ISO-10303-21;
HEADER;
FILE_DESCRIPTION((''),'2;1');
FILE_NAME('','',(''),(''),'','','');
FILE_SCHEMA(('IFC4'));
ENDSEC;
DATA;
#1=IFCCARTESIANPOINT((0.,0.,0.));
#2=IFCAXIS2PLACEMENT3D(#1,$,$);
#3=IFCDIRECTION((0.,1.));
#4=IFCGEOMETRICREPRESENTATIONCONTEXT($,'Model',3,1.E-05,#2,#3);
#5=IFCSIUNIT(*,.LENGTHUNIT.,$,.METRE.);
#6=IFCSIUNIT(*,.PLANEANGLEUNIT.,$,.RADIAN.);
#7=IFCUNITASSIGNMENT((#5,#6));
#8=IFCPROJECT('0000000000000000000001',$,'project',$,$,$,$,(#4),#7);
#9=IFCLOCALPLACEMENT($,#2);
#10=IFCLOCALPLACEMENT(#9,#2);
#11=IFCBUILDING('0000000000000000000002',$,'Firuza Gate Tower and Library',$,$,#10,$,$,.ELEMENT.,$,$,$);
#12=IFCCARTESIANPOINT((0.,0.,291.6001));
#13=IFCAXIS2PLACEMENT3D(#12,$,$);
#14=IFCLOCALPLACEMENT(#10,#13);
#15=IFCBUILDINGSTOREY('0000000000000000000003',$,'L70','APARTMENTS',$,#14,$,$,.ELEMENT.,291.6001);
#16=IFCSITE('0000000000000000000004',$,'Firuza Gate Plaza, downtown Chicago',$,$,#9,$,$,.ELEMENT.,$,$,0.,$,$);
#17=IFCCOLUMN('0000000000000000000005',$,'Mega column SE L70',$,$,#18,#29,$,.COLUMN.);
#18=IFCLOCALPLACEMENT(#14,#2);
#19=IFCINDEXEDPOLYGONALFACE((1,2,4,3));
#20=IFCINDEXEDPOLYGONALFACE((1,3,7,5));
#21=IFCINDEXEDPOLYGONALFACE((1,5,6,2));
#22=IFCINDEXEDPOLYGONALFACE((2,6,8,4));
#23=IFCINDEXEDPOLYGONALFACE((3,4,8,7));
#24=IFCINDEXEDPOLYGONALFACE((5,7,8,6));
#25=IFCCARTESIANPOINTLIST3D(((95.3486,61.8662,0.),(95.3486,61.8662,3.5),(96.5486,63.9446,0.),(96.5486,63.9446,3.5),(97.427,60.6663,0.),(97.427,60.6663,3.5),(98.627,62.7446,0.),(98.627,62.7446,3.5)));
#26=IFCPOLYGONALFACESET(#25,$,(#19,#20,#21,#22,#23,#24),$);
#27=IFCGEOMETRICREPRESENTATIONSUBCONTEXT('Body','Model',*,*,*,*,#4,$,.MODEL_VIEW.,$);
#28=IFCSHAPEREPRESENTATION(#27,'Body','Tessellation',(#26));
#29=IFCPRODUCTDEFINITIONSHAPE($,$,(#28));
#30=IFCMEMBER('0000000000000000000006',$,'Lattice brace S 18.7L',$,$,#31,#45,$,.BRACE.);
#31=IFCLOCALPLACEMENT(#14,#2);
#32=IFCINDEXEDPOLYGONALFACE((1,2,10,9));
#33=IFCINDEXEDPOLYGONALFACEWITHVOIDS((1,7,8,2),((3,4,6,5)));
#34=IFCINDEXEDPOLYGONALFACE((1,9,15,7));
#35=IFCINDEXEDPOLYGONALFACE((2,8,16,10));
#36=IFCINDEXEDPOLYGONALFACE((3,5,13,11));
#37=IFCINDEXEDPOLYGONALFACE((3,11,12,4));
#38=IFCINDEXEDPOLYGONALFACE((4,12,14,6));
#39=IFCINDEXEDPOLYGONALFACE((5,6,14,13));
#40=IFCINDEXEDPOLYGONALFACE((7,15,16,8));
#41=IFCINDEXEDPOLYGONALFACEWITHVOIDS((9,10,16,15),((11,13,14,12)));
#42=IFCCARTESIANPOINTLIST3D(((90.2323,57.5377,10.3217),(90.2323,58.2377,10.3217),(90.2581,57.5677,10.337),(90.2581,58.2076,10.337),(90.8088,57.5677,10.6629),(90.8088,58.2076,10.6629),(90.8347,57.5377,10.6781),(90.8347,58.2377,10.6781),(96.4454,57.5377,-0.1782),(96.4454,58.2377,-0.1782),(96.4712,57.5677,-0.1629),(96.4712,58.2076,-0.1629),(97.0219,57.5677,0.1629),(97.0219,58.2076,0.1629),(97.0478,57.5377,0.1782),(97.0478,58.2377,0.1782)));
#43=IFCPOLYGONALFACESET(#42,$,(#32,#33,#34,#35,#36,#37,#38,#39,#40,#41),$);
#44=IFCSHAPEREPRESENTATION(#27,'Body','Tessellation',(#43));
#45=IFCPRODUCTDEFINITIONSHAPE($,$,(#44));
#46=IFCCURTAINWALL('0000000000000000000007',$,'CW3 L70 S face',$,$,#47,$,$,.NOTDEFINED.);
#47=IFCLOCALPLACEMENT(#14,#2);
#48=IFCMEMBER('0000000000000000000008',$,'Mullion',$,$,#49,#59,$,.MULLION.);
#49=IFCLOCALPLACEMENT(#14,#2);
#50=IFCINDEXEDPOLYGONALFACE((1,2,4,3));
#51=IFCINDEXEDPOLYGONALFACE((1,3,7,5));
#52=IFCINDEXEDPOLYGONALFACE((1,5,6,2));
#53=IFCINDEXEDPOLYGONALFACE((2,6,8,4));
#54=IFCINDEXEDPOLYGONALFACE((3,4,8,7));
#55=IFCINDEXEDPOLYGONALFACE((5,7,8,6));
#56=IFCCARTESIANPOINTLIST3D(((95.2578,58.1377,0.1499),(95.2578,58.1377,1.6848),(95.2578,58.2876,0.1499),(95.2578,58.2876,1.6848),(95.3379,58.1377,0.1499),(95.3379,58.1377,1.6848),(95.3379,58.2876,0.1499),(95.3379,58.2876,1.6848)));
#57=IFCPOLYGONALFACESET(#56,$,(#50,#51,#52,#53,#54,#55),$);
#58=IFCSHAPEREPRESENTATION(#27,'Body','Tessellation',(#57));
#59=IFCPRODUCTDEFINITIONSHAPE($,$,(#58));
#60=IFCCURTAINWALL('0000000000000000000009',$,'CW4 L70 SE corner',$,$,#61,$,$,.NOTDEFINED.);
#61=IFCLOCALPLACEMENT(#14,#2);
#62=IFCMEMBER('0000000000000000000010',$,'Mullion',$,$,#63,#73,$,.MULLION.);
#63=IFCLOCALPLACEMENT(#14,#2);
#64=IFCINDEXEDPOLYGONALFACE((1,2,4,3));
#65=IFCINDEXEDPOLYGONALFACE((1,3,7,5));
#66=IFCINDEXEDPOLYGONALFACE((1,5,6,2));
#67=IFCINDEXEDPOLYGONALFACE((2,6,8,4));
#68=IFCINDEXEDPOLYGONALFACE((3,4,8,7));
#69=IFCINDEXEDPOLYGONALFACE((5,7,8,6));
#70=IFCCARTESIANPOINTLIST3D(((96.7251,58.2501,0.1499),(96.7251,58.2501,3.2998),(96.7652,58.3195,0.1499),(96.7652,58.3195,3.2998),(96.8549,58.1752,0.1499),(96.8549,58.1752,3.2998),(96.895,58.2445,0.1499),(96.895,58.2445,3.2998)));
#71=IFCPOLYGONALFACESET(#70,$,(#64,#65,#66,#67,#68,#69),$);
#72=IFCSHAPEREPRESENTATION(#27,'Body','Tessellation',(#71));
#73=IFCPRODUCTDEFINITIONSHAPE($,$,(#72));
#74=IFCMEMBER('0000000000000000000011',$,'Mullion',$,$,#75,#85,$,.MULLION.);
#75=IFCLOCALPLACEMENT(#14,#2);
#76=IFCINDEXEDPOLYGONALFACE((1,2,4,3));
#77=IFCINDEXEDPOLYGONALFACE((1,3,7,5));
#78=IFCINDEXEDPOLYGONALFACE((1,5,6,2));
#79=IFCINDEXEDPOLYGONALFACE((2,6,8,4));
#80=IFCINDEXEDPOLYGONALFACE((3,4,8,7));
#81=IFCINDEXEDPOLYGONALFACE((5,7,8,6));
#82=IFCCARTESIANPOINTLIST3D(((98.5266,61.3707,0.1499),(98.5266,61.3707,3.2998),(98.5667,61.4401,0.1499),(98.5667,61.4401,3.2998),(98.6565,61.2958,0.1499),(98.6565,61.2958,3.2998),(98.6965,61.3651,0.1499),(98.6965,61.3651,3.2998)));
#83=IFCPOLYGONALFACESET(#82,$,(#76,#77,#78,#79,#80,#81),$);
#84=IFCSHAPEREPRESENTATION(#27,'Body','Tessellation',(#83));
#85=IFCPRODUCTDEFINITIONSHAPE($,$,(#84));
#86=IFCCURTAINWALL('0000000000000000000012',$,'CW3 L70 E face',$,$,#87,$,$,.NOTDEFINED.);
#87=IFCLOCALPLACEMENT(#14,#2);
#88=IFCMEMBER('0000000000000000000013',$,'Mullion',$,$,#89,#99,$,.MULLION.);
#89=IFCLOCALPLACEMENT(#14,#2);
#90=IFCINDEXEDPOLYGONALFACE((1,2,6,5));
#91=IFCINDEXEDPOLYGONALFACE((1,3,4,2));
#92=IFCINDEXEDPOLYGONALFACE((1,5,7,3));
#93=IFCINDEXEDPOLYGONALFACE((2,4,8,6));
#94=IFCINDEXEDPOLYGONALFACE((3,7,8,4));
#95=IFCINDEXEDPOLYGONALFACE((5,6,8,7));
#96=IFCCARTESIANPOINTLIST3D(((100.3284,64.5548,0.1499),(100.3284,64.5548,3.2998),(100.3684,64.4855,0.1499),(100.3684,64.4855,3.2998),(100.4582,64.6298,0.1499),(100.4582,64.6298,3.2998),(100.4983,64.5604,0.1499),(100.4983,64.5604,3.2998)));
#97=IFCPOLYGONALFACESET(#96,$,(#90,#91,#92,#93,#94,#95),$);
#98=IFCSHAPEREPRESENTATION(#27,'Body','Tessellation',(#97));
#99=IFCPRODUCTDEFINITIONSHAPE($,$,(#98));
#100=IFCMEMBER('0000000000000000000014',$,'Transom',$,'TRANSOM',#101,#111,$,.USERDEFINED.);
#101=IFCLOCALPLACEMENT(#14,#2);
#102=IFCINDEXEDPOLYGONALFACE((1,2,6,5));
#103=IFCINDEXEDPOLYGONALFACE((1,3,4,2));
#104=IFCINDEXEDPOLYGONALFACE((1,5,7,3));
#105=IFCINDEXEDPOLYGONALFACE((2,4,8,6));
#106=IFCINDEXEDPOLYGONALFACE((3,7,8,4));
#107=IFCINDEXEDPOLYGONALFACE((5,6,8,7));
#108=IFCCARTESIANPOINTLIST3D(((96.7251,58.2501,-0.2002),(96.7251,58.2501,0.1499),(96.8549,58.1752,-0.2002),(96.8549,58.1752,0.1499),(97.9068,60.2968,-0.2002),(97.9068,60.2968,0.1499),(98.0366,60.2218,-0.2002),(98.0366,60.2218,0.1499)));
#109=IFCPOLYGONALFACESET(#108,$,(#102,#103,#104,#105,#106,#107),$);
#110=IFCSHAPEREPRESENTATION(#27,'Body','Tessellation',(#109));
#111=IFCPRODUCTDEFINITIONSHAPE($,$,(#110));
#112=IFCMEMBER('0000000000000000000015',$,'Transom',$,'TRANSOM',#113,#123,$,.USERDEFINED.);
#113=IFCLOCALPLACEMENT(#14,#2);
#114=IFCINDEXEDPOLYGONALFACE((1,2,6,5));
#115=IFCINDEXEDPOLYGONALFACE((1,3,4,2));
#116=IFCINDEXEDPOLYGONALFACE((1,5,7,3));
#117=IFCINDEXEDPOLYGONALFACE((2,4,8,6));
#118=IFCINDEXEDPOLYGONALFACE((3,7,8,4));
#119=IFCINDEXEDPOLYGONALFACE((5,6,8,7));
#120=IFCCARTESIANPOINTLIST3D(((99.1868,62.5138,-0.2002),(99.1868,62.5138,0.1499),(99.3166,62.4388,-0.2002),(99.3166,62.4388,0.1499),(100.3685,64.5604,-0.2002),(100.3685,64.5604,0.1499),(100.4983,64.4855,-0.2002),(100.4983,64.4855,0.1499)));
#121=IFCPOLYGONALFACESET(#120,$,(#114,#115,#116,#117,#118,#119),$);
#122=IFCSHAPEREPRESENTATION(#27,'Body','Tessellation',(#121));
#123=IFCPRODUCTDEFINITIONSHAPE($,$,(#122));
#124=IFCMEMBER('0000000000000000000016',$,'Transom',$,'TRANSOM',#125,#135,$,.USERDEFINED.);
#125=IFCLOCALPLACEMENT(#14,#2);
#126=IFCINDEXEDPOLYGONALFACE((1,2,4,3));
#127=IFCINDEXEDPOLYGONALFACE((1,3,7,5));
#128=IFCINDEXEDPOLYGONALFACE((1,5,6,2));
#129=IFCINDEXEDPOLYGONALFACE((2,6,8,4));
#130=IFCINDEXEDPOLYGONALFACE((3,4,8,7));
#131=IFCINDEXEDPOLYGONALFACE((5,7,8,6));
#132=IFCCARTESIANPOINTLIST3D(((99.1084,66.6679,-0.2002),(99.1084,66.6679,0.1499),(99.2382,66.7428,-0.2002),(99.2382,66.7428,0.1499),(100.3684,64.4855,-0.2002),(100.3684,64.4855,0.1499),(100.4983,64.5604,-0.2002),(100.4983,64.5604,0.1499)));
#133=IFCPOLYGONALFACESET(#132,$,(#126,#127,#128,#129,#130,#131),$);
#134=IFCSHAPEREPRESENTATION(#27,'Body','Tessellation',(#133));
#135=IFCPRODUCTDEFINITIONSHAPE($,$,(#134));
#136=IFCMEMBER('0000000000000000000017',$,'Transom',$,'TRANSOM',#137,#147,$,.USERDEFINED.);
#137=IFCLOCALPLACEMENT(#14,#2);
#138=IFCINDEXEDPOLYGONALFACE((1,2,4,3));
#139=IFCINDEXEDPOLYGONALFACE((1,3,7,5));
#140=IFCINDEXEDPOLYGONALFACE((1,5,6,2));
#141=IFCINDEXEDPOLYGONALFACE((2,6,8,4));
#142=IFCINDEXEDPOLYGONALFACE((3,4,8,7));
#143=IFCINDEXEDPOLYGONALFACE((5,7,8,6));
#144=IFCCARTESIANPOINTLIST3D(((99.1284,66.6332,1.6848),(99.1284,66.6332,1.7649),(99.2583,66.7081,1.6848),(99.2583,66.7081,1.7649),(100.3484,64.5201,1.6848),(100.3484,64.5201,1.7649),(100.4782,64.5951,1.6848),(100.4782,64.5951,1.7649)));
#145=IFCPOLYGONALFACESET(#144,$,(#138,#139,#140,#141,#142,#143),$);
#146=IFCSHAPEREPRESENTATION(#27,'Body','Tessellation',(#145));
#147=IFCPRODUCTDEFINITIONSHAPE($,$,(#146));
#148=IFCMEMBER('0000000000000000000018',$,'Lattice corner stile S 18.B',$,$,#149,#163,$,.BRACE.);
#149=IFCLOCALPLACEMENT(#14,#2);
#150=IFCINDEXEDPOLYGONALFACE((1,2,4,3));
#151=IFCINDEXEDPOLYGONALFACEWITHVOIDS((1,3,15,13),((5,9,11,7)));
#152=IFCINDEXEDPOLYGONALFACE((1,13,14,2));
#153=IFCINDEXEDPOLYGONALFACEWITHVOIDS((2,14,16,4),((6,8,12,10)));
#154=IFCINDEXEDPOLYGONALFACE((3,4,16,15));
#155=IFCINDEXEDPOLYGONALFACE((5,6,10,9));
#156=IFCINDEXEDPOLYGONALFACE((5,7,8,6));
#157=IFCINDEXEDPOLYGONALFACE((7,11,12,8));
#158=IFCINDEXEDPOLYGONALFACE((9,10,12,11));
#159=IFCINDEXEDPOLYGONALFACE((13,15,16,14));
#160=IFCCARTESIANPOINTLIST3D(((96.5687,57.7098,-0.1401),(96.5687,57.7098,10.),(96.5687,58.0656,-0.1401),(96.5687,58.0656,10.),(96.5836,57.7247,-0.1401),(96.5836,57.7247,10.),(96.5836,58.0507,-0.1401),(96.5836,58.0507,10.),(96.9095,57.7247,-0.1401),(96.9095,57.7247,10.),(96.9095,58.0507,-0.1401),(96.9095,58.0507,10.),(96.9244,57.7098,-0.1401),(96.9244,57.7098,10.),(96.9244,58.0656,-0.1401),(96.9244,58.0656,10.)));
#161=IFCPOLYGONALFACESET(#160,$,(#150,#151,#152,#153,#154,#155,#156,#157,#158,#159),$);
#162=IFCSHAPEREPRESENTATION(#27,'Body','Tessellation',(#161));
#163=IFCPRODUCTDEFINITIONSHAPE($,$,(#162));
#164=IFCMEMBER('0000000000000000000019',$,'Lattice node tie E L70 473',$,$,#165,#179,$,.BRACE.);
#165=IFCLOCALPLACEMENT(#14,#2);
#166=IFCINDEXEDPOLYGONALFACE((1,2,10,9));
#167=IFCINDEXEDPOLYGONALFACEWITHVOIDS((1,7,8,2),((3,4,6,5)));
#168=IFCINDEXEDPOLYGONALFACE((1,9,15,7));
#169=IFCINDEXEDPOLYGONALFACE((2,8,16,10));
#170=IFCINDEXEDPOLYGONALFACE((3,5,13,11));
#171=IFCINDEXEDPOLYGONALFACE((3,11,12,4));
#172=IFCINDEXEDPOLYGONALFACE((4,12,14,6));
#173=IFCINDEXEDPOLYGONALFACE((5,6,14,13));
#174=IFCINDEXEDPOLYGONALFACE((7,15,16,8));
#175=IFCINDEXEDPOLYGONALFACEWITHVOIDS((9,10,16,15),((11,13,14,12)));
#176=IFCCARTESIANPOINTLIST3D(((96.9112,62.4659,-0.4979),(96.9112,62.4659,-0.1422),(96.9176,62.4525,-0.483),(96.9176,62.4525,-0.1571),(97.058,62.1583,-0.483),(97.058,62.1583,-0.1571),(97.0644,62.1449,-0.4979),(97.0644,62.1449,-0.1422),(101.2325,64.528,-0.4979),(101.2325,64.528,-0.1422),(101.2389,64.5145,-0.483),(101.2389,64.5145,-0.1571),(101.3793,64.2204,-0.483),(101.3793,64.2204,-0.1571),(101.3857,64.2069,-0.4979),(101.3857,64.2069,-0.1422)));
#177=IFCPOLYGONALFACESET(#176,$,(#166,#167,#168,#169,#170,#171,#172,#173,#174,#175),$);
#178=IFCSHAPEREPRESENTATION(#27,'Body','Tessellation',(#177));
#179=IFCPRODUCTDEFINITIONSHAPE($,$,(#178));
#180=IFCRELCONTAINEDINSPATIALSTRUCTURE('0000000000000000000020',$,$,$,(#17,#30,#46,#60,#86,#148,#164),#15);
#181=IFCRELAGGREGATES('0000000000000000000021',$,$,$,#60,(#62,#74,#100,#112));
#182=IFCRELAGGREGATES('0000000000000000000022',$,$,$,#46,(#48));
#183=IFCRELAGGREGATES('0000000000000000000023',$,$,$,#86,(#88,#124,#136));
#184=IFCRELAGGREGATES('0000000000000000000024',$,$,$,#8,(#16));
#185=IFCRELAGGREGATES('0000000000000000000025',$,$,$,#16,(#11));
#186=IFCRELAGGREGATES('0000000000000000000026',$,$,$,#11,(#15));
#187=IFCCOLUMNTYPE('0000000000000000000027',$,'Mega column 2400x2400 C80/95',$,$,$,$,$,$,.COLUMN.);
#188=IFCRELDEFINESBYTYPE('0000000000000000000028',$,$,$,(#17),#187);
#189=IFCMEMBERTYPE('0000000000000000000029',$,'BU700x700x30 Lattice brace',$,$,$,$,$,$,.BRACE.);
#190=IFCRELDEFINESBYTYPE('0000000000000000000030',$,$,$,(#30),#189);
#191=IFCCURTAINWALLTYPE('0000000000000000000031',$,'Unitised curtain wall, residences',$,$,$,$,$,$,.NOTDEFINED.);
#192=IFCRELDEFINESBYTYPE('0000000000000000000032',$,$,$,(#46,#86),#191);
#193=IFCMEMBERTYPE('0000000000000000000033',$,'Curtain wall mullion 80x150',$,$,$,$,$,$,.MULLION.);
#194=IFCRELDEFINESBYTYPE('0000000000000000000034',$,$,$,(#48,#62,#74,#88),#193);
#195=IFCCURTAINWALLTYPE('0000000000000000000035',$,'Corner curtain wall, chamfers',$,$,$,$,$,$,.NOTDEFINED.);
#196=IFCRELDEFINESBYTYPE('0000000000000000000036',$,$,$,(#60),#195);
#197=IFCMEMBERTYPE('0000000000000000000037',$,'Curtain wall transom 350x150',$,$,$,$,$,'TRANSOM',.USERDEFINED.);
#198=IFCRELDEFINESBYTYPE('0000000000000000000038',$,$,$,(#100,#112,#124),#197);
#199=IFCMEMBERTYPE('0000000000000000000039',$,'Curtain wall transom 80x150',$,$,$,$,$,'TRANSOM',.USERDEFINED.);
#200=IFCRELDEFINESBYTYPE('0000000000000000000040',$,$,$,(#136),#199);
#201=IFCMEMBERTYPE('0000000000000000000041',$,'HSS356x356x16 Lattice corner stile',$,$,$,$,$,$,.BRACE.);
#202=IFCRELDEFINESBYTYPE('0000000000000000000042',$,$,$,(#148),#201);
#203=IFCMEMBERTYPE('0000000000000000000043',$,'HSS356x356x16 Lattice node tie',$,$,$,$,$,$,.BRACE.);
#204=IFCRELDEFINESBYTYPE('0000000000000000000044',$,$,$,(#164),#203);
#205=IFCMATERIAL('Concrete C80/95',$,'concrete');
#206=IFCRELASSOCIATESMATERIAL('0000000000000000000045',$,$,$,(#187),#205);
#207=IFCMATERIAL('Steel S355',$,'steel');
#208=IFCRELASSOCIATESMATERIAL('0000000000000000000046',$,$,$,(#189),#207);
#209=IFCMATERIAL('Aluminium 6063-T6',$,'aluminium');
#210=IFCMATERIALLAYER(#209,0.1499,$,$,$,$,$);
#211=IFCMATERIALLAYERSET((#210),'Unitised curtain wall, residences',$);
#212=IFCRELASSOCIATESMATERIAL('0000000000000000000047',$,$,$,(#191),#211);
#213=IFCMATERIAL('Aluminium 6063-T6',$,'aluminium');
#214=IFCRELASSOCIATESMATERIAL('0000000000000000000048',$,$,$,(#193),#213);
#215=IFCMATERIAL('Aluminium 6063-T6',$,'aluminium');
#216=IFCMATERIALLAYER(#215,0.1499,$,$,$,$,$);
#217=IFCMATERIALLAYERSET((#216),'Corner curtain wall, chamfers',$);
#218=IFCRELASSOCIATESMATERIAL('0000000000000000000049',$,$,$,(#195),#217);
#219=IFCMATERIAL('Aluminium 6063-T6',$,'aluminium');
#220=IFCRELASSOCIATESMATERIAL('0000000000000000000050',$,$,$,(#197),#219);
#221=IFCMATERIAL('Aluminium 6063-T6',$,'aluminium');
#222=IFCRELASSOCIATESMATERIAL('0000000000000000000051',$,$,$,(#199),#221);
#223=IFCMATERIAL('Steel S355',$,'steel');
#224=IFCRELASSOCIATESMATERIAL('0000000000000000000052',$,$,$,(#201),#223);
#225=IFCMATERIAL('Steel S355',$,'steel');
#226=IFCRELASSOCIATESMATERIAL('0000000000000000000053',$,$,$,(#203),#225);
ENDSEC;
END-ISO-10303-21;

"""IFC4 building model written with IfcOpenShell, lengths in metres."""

from ifc_helpers import new_model, si_unit, direction, frame, origin, origin_2d, place, context, subcontext, project, spatial, rectangle, hollow_rectangle, extrude, material, layer, layer_set, material_profile, profile_set, type_object, element, aggregate, save


model = new_model("IFC4")

# Units and contexts
model_context = context("Model", 3, precision=1e-05, world=origin(), true_north=direction((0.0, 1.0)))
body_context = subcontext(model_context, "Body", "Model", "MODEL_VIEW")
ifc_project = project(units=[si_unit("LENGTHUNIT", "METRE"), si_unit("PLANEANGLEUNIT", "RADIAN")], contexts=[model_context])

# Site, building, storey
site_placement = place(None, origin())
site = spatial("IfcSite", under=ifc_project, at=site_placement, Name="Firuza Gate Plaza, downtown Chicago", CompositionType="ELEMENT", RefElevation=0.0)
building_placement = place(site_placement, origin())
building = spatial("IfcBuilding", under=site, at=building_placement, Name="Firuza Gate Tower and Library", CompositionType="ELEMENT")
storey_placement = place(building_placement, frame((0.0, 0.0, 291.6001)))
storey = spatial("IfcBuildingStorey", under=building, at=storey_placement, Name="L70", Description="APARTMENTS", CompositionType="ELEMENT", Elevation=291.6001)

# Column
ifc_material_1 = material(Name="Concrete C80/95", Category="concrete")
ifc_material_profile_1 = material_profile(ifc_material_1, rectangle(XDim=2.3999, YDim=2.3999, at=origin_2d()))
ifc_profile_set_1 = profile_set([ifc_material_profile_1], Name="Concrete C80/95")
column_type = type_object("IfcColumnType", Name="Mega column 2400x2400 C80/95", PredefinedType="COLUMN", material=ifc_profile_set_1)
column_placement = place(storey_placement, frame((96.9878, 62.3054, 0.0), z_axis=(0.0, 0.0, 1.0), x_axis=(0.5, 0.866025, 0.0)))
element("IfcColumn", 1, at=column_placement, inside=storey, type_object=column_type, Name="Mega column SE L70", PredefinedType="COLUMN", context=body_context, shape_type="SweptSolid", body=[
    extrude(rectangle(XDim=2.3999, YDim=2.3999, at=origin_2d()), origin(), (0.0, 0.0, 1.0), 3.5),
])

# Member
ifc_material_2 = material(Name="Steel S355", Category="steel")
ifc_material_profile_2 = material_profile(ifc_material_2, hollow_rectangle(XDim=0.7, YDim=0.7, WallThickness=0.03, at=origin_2d()))
ifc_profile_set_2 = profile_set([ifc_material_profile_2], Name="Steel S355")
member_type_1 = type_object("IfcMemberType", Name="BU700x700x30 Lattice brace", PredefinedType="BRACE", material=ifc_profile_set_2)
member_1_placement = place(storey_placement, frame((96.7466, 57.8877, 0.0), z_axis=(-0.509251, 0.0, 0.860618), x_axis=(0.0, -1.0, 0.0)))
element("IfcMember", 2, at=member_1_placement, inside=storey, type_object=member_type_1, Name="Lattice brace S 18.7L", PredefinedType="BRACE", context=body_context, shape_type="SweptSolid", body=[
    extrude(hollow_rectangle(XDim=0.7, YDim=0.7, WallThickness=0.03, at=origin_2d()), origin(), (0.0, 0.0, 1.0), 12.2004),
])

# Curtain wall, member
ifc_material_3 = material(Name="Aluminium 6063-T6", Category="aluminium")
ifc_layer_1 = layer(ifc_material_3, 0.1499)
ifc_layer_set_1 = layer_set([ifc_layer_1], Name="Unitised curtain wall, residences")
curtain_wall_type_1 = type_object("IfcCurtainWallType", Name="Unitised curtain wall, residences", PredefinedType="NOTDEFINED", material=ifc_layer_set_1)
placement = place(storey_placement, origin())
curtain_wall_1 = element("IfcCurtainWall", 3, at=placement, inside=storey, type_object=curtain_wall_type_1, Name="CW3 L70 S face", PredefinedType="NOTDEFINED")
ifc_material_4 = material(Name="Aluminium 6063-T6", Category="aluminium")
ifc_material_profile_3 = material_profile(ifc_material_4, rectangle(XDim=0.1499, YDim=0.0801, at=origin_2d()))
ifc_profile_set_3 = profile_set([ifc_material_profile_3], Name="Aluminium 6063-T6")
member_type_2 = type_object("IfcMemberType", Name="Curtain wall mullion 80x150", PredefinedType="MULLION", material=ifc_profile_set_3)
member_2_placement = place(storey_placement, frame((95.2979, 58.2126, 0.1499), z_axis=(0.0, 0.0, 1.0), x_axis=(0.0, 1.0, 0.0)))
member_2 = element("IfcMember", 4, at=member_2_placement, type_object=member_type_2, Name="Mullion", PredefinedType="MULLION", context=body_context, shape_type="SweptSolid", body=[
    extrude(rectangle(XDim=0.1499, YDim=0.0801, at=origin_2d()), origin(), (0.0, 0.0, 1.0), 1.5349),
])

# Curtain wall, members
ifc_material_5 = material(Name="Aluminium 6063-T6", Category="aluminium")
ifc_layer_2 = layer(ifc_material_5, 0.1499)
ifc_layer_set_2 = layer_set([ifc_layer_2], Name="Corner curtain wall, chamfers")
curtain_wall_type_2 = type_object("IfcCurtainWallType", Name="Corner curtain wall, chamfers", PredefinedType="NOTDEFINED", material=ifc_layer_set_2)
curtain_wall_2 = element("IfcCurtainWall", 5, at=placement, inside=storey, type_object=curtain_wall_type_2, Name="CW4 L70 SE corner", PredefinedType="NOTDEFINED")
member_3_placement = place(storey_placement, frame((96.8101, 58.2473, 0.1499), z_axis=(0.0, 0.0, 1.0), x_axis=(-0.866025, 0.5, 0.0)))
member_3 = element("IfcMember", 6, at=member_3_placement, type_object=member_type_2, Name="Mullion", PredefinedType="MULLION", context=body_context, shape_type="SweptSolid", body=[
    extrude(rectangle(XDim=0.1499, YDim=0.0801, at=origin_2d()), origin(), (0.0, 0.0, 1.0), 3.1499),
])
member_4_placement = place(storey_placement, frame((98.6116, 61.3679, 0.1499), z_axis=(0.0, 0.0, 1.0), x_axis=(-0.866025, 0.5, 0.0)))
member_4 = element("IfcMember", 7, at=member_4_placement, type_object=member_type_2, Name="Mullion", PredefinedType="MULLION", context=body_context, shape_type="SweptSolid", body=[
    extrude(rectangle(XDim=0.1499, YDim=0.0801, at=origin_2d()), origin(), (0.0, 0.0, 1.0), 3.1499),
])

# Curtain wall, member
curtain_wall_3 = element("IfcCurtainWall", 8, at=placement, inside=storey, type_object=curtain_wall_type_1, Name="CW3 L70 E face", PredefinedType="NOTDEFINED")
member_5_placement = place(storey_placement, frame((100.4133, 64.5576, 0.1499), z_axis=(0.0, 0.0, 1.0), x_axis=(-0.866025, -0.5, 0.0)))
member_5 = element("IfcMember", 9, at=member_5_placement, type_object=member_type_2, Name="Mullion", PredefinedType="MULLION", context=body_context, shape_type="SweptSolid", body=[
    extrude(rectangle(XDim=0.1499, YDim=0.0801, at=origin_2d()), origin(), (0.0, 0.0, 1.0), 3.1499),
])

# Members
ifc_material_6 = material(Name="Aluminium 6063-T6", Category="aluminium")
ifc_material_profile_4 = material_profile(ifc_material_6, rectangle(XDim=0.1499, YDim=0.3501, at=origin_2d()))
ifc_profile_set_4 = profile_set([ifc_material_profile_4], Name="Aluminium 6063-T6")
member_type_3 = type_object("IfcMemberType", Name="Curtain wall transom 350x150", ElementType="TRANSOM", PredefinedType="USERDEFINED", material=ifc_profile_set_4)
member_6_placement = place(storey_placement, frame((96.79, 58.2126, -0.0251), z_axis=(0.500006, 0.866022, 0.0), x_axis=(-0.866022, 0.500006, 0.0)))
member_6 = element("IfcMember", 10, at=member_6_placement, type_object=member_type_3, Name="Transom", ObjectType="TRANSOM", PredefinedType="USERDEFINED", context=body_context, shape_type="SweptSolid", body=[
    extrude(rectangle(XDim=0.1499, YDim=0.3501, at=origin_2d()), origin(), (0.0, 0.0, 1.0), 2.3633),
])
member_7_placement = place(storey_placement, frame((99.2517, 62.4763, -0.0251), z_axis=(0.500006, 0.866022, 0.0), x_axis=(-0.866022, 0.500006, 0.0)))
member_7 = element("IfcMember", 11, at=member_7_placement, type_object=member_type_3, Name="Transom", ObjectType="TRANSOM", PredefinedType="USERDEFINED", context=body_context, shape_type="SweptSolid", body=[
    extrude(rectangle(XDim=0.1499, YDim=0.3501, at=origin_2d()), origin(), (0.0, 0.0, 1.0), 2.3633),
])
member_8_placement = place(storey_placement, frame((100.4333, 64.5229, -0.0251), z_axis=(-0.500005, 0.866023, 0.0), x_axis=(-0.866023, -0.500005, 0.0)))
member_8 = element("IfcMember", 12, at=member_8_placement, type_object=member_type_3, Name="Transom", ObjectType="TRANSOM", PredefinedType="USERDEFINED", context=body_context, shape_type="SweptSolid", body=[
    extrude(rectangle(XDim=0.1499, YDim=0.3501, at=origin_2d()), origin(), (0.0, 0.0, 1.0), 2.52),
])
ifc_material_7 = material(Name="Aluminium 6063-T6", Category="aluminium")
ifc_material_profile_5 = material_profile(ifc_material_7, rectangle(XDim=0.1499, YDim=0.0801, at=origin_2d()))
ifc_profile_set_5 = profile_set([ifc_material_profile_5], Name="Aluminium 6063-T6")
member_type_4 = type_object("IfcMemberType", Name="Curtain wall transom 80x150", ElementType="TRANSOM", PredefinedType="USERDEFINED", material=ifc_profile_set_5)
member_9_placement = place(storey_placement, frame((100.4133, 64.5576, 1.7249), z_axis=(-0.500003, 0.866024, 0.0), x_axis=(-0.866024, -0.500003, 0.0)))
member_9 = element("IfcMember", 13, at=member_9_placement, type_object=member_type_4, Name="Transom", ObjectType="TRANSOM", PredefinedType="USERDEFINED", context=body_context, shape_type="SweptSolid", body=[
    extrude(rectangle(XDim=0.1499, YDim=0.0801, at=origin_2d()), origin(), (0.0, 0.0, 1.0), 2.4399),
])

# Members
ifc_material_8 = material(Name="Steel S355", Category="steel")
ifc_material_profile_6 = material_profile(ifc_material_8, hollow_rectangle(XDim=0.3557, YDim=0.3557, WallThickness=0.0149, at=origin_2d()))
ifc_profile_set_6 = profile_set([ifc_material_profile_6], Name="Steel S355")
member_type_5 = type_object("IfcMemberType", Name="HSS356x356x16 Lattice corner stile", PredefinedType="BRACE", material=ifc_profile_set_6)
member_10_placement = place(storey_placement, frame((96.7466, 57.8877, -0.1401), z_axis=(0.0, 0.0, 1.0), x_axis=(1.0, 0.0, 0.0)))
element("IfcMember", 14, at=member_10_placement, inside=storey, type_object=member_type_5, Name="Lattice corner stile S 18.B", PredefinedType="BRACE", context=body_context, shape_type="SweptSolid", body=[
    extrude(hollow_rectangle(XDim=0.3557, YDim=0.3557, WallThickness=0.0149, at=origin_2d()), origin(), (0.0, 0.0, 1.0), 10.1401),
])
ifc_material_9 = material(Name="Steel S355", Category="steel")
ifc_material_profile_7 = material_profile(ifc_material_9, hollow_rectangle(XDim=0.3557, YDim=0.3557, WallThickness=0.0149, at=origin_2d()))
ifc_profile_set_7 = profile_set([ifc_material_profile_7], Name="Steel S355")
member_type_6 = type_object("IfcMemberType", Name="HSS356x356x16 Lattice node tie", PredefinedType="BRACE", material=ifc_profile_set_7)
member_11_placement = place(storey_placement, frame((96.9878, 62.3054, -0.3201), z_axis=(0.902515, 0.430658, 0.0), x_axis=(-0.430658, 0.902515, 0.0)))
element("IfcMember", 15, at=member_11_placement, inside=storey, type_object=member_type_6, Name="Lattice node tie E L70 473", PredefinedType="BRACE", context=body_context, shape_type="SweptSolid", body=[
    extrude(hollow_rectangle(XDim=0.3557, YDim=0.3557, WallThickness=0.0149, at=origin_2d()), origin(), (0.0, 0.0, 1.0), 4.7881),
])

aggregate(curtain_wall_2, [member_3, member_4, member_6, member_7])
aggregate(curtain_wall_1, [member_2])
aggregate(curtain_wall_3, [member_5, member_8, member_9])

save(model, "model.ifc")
